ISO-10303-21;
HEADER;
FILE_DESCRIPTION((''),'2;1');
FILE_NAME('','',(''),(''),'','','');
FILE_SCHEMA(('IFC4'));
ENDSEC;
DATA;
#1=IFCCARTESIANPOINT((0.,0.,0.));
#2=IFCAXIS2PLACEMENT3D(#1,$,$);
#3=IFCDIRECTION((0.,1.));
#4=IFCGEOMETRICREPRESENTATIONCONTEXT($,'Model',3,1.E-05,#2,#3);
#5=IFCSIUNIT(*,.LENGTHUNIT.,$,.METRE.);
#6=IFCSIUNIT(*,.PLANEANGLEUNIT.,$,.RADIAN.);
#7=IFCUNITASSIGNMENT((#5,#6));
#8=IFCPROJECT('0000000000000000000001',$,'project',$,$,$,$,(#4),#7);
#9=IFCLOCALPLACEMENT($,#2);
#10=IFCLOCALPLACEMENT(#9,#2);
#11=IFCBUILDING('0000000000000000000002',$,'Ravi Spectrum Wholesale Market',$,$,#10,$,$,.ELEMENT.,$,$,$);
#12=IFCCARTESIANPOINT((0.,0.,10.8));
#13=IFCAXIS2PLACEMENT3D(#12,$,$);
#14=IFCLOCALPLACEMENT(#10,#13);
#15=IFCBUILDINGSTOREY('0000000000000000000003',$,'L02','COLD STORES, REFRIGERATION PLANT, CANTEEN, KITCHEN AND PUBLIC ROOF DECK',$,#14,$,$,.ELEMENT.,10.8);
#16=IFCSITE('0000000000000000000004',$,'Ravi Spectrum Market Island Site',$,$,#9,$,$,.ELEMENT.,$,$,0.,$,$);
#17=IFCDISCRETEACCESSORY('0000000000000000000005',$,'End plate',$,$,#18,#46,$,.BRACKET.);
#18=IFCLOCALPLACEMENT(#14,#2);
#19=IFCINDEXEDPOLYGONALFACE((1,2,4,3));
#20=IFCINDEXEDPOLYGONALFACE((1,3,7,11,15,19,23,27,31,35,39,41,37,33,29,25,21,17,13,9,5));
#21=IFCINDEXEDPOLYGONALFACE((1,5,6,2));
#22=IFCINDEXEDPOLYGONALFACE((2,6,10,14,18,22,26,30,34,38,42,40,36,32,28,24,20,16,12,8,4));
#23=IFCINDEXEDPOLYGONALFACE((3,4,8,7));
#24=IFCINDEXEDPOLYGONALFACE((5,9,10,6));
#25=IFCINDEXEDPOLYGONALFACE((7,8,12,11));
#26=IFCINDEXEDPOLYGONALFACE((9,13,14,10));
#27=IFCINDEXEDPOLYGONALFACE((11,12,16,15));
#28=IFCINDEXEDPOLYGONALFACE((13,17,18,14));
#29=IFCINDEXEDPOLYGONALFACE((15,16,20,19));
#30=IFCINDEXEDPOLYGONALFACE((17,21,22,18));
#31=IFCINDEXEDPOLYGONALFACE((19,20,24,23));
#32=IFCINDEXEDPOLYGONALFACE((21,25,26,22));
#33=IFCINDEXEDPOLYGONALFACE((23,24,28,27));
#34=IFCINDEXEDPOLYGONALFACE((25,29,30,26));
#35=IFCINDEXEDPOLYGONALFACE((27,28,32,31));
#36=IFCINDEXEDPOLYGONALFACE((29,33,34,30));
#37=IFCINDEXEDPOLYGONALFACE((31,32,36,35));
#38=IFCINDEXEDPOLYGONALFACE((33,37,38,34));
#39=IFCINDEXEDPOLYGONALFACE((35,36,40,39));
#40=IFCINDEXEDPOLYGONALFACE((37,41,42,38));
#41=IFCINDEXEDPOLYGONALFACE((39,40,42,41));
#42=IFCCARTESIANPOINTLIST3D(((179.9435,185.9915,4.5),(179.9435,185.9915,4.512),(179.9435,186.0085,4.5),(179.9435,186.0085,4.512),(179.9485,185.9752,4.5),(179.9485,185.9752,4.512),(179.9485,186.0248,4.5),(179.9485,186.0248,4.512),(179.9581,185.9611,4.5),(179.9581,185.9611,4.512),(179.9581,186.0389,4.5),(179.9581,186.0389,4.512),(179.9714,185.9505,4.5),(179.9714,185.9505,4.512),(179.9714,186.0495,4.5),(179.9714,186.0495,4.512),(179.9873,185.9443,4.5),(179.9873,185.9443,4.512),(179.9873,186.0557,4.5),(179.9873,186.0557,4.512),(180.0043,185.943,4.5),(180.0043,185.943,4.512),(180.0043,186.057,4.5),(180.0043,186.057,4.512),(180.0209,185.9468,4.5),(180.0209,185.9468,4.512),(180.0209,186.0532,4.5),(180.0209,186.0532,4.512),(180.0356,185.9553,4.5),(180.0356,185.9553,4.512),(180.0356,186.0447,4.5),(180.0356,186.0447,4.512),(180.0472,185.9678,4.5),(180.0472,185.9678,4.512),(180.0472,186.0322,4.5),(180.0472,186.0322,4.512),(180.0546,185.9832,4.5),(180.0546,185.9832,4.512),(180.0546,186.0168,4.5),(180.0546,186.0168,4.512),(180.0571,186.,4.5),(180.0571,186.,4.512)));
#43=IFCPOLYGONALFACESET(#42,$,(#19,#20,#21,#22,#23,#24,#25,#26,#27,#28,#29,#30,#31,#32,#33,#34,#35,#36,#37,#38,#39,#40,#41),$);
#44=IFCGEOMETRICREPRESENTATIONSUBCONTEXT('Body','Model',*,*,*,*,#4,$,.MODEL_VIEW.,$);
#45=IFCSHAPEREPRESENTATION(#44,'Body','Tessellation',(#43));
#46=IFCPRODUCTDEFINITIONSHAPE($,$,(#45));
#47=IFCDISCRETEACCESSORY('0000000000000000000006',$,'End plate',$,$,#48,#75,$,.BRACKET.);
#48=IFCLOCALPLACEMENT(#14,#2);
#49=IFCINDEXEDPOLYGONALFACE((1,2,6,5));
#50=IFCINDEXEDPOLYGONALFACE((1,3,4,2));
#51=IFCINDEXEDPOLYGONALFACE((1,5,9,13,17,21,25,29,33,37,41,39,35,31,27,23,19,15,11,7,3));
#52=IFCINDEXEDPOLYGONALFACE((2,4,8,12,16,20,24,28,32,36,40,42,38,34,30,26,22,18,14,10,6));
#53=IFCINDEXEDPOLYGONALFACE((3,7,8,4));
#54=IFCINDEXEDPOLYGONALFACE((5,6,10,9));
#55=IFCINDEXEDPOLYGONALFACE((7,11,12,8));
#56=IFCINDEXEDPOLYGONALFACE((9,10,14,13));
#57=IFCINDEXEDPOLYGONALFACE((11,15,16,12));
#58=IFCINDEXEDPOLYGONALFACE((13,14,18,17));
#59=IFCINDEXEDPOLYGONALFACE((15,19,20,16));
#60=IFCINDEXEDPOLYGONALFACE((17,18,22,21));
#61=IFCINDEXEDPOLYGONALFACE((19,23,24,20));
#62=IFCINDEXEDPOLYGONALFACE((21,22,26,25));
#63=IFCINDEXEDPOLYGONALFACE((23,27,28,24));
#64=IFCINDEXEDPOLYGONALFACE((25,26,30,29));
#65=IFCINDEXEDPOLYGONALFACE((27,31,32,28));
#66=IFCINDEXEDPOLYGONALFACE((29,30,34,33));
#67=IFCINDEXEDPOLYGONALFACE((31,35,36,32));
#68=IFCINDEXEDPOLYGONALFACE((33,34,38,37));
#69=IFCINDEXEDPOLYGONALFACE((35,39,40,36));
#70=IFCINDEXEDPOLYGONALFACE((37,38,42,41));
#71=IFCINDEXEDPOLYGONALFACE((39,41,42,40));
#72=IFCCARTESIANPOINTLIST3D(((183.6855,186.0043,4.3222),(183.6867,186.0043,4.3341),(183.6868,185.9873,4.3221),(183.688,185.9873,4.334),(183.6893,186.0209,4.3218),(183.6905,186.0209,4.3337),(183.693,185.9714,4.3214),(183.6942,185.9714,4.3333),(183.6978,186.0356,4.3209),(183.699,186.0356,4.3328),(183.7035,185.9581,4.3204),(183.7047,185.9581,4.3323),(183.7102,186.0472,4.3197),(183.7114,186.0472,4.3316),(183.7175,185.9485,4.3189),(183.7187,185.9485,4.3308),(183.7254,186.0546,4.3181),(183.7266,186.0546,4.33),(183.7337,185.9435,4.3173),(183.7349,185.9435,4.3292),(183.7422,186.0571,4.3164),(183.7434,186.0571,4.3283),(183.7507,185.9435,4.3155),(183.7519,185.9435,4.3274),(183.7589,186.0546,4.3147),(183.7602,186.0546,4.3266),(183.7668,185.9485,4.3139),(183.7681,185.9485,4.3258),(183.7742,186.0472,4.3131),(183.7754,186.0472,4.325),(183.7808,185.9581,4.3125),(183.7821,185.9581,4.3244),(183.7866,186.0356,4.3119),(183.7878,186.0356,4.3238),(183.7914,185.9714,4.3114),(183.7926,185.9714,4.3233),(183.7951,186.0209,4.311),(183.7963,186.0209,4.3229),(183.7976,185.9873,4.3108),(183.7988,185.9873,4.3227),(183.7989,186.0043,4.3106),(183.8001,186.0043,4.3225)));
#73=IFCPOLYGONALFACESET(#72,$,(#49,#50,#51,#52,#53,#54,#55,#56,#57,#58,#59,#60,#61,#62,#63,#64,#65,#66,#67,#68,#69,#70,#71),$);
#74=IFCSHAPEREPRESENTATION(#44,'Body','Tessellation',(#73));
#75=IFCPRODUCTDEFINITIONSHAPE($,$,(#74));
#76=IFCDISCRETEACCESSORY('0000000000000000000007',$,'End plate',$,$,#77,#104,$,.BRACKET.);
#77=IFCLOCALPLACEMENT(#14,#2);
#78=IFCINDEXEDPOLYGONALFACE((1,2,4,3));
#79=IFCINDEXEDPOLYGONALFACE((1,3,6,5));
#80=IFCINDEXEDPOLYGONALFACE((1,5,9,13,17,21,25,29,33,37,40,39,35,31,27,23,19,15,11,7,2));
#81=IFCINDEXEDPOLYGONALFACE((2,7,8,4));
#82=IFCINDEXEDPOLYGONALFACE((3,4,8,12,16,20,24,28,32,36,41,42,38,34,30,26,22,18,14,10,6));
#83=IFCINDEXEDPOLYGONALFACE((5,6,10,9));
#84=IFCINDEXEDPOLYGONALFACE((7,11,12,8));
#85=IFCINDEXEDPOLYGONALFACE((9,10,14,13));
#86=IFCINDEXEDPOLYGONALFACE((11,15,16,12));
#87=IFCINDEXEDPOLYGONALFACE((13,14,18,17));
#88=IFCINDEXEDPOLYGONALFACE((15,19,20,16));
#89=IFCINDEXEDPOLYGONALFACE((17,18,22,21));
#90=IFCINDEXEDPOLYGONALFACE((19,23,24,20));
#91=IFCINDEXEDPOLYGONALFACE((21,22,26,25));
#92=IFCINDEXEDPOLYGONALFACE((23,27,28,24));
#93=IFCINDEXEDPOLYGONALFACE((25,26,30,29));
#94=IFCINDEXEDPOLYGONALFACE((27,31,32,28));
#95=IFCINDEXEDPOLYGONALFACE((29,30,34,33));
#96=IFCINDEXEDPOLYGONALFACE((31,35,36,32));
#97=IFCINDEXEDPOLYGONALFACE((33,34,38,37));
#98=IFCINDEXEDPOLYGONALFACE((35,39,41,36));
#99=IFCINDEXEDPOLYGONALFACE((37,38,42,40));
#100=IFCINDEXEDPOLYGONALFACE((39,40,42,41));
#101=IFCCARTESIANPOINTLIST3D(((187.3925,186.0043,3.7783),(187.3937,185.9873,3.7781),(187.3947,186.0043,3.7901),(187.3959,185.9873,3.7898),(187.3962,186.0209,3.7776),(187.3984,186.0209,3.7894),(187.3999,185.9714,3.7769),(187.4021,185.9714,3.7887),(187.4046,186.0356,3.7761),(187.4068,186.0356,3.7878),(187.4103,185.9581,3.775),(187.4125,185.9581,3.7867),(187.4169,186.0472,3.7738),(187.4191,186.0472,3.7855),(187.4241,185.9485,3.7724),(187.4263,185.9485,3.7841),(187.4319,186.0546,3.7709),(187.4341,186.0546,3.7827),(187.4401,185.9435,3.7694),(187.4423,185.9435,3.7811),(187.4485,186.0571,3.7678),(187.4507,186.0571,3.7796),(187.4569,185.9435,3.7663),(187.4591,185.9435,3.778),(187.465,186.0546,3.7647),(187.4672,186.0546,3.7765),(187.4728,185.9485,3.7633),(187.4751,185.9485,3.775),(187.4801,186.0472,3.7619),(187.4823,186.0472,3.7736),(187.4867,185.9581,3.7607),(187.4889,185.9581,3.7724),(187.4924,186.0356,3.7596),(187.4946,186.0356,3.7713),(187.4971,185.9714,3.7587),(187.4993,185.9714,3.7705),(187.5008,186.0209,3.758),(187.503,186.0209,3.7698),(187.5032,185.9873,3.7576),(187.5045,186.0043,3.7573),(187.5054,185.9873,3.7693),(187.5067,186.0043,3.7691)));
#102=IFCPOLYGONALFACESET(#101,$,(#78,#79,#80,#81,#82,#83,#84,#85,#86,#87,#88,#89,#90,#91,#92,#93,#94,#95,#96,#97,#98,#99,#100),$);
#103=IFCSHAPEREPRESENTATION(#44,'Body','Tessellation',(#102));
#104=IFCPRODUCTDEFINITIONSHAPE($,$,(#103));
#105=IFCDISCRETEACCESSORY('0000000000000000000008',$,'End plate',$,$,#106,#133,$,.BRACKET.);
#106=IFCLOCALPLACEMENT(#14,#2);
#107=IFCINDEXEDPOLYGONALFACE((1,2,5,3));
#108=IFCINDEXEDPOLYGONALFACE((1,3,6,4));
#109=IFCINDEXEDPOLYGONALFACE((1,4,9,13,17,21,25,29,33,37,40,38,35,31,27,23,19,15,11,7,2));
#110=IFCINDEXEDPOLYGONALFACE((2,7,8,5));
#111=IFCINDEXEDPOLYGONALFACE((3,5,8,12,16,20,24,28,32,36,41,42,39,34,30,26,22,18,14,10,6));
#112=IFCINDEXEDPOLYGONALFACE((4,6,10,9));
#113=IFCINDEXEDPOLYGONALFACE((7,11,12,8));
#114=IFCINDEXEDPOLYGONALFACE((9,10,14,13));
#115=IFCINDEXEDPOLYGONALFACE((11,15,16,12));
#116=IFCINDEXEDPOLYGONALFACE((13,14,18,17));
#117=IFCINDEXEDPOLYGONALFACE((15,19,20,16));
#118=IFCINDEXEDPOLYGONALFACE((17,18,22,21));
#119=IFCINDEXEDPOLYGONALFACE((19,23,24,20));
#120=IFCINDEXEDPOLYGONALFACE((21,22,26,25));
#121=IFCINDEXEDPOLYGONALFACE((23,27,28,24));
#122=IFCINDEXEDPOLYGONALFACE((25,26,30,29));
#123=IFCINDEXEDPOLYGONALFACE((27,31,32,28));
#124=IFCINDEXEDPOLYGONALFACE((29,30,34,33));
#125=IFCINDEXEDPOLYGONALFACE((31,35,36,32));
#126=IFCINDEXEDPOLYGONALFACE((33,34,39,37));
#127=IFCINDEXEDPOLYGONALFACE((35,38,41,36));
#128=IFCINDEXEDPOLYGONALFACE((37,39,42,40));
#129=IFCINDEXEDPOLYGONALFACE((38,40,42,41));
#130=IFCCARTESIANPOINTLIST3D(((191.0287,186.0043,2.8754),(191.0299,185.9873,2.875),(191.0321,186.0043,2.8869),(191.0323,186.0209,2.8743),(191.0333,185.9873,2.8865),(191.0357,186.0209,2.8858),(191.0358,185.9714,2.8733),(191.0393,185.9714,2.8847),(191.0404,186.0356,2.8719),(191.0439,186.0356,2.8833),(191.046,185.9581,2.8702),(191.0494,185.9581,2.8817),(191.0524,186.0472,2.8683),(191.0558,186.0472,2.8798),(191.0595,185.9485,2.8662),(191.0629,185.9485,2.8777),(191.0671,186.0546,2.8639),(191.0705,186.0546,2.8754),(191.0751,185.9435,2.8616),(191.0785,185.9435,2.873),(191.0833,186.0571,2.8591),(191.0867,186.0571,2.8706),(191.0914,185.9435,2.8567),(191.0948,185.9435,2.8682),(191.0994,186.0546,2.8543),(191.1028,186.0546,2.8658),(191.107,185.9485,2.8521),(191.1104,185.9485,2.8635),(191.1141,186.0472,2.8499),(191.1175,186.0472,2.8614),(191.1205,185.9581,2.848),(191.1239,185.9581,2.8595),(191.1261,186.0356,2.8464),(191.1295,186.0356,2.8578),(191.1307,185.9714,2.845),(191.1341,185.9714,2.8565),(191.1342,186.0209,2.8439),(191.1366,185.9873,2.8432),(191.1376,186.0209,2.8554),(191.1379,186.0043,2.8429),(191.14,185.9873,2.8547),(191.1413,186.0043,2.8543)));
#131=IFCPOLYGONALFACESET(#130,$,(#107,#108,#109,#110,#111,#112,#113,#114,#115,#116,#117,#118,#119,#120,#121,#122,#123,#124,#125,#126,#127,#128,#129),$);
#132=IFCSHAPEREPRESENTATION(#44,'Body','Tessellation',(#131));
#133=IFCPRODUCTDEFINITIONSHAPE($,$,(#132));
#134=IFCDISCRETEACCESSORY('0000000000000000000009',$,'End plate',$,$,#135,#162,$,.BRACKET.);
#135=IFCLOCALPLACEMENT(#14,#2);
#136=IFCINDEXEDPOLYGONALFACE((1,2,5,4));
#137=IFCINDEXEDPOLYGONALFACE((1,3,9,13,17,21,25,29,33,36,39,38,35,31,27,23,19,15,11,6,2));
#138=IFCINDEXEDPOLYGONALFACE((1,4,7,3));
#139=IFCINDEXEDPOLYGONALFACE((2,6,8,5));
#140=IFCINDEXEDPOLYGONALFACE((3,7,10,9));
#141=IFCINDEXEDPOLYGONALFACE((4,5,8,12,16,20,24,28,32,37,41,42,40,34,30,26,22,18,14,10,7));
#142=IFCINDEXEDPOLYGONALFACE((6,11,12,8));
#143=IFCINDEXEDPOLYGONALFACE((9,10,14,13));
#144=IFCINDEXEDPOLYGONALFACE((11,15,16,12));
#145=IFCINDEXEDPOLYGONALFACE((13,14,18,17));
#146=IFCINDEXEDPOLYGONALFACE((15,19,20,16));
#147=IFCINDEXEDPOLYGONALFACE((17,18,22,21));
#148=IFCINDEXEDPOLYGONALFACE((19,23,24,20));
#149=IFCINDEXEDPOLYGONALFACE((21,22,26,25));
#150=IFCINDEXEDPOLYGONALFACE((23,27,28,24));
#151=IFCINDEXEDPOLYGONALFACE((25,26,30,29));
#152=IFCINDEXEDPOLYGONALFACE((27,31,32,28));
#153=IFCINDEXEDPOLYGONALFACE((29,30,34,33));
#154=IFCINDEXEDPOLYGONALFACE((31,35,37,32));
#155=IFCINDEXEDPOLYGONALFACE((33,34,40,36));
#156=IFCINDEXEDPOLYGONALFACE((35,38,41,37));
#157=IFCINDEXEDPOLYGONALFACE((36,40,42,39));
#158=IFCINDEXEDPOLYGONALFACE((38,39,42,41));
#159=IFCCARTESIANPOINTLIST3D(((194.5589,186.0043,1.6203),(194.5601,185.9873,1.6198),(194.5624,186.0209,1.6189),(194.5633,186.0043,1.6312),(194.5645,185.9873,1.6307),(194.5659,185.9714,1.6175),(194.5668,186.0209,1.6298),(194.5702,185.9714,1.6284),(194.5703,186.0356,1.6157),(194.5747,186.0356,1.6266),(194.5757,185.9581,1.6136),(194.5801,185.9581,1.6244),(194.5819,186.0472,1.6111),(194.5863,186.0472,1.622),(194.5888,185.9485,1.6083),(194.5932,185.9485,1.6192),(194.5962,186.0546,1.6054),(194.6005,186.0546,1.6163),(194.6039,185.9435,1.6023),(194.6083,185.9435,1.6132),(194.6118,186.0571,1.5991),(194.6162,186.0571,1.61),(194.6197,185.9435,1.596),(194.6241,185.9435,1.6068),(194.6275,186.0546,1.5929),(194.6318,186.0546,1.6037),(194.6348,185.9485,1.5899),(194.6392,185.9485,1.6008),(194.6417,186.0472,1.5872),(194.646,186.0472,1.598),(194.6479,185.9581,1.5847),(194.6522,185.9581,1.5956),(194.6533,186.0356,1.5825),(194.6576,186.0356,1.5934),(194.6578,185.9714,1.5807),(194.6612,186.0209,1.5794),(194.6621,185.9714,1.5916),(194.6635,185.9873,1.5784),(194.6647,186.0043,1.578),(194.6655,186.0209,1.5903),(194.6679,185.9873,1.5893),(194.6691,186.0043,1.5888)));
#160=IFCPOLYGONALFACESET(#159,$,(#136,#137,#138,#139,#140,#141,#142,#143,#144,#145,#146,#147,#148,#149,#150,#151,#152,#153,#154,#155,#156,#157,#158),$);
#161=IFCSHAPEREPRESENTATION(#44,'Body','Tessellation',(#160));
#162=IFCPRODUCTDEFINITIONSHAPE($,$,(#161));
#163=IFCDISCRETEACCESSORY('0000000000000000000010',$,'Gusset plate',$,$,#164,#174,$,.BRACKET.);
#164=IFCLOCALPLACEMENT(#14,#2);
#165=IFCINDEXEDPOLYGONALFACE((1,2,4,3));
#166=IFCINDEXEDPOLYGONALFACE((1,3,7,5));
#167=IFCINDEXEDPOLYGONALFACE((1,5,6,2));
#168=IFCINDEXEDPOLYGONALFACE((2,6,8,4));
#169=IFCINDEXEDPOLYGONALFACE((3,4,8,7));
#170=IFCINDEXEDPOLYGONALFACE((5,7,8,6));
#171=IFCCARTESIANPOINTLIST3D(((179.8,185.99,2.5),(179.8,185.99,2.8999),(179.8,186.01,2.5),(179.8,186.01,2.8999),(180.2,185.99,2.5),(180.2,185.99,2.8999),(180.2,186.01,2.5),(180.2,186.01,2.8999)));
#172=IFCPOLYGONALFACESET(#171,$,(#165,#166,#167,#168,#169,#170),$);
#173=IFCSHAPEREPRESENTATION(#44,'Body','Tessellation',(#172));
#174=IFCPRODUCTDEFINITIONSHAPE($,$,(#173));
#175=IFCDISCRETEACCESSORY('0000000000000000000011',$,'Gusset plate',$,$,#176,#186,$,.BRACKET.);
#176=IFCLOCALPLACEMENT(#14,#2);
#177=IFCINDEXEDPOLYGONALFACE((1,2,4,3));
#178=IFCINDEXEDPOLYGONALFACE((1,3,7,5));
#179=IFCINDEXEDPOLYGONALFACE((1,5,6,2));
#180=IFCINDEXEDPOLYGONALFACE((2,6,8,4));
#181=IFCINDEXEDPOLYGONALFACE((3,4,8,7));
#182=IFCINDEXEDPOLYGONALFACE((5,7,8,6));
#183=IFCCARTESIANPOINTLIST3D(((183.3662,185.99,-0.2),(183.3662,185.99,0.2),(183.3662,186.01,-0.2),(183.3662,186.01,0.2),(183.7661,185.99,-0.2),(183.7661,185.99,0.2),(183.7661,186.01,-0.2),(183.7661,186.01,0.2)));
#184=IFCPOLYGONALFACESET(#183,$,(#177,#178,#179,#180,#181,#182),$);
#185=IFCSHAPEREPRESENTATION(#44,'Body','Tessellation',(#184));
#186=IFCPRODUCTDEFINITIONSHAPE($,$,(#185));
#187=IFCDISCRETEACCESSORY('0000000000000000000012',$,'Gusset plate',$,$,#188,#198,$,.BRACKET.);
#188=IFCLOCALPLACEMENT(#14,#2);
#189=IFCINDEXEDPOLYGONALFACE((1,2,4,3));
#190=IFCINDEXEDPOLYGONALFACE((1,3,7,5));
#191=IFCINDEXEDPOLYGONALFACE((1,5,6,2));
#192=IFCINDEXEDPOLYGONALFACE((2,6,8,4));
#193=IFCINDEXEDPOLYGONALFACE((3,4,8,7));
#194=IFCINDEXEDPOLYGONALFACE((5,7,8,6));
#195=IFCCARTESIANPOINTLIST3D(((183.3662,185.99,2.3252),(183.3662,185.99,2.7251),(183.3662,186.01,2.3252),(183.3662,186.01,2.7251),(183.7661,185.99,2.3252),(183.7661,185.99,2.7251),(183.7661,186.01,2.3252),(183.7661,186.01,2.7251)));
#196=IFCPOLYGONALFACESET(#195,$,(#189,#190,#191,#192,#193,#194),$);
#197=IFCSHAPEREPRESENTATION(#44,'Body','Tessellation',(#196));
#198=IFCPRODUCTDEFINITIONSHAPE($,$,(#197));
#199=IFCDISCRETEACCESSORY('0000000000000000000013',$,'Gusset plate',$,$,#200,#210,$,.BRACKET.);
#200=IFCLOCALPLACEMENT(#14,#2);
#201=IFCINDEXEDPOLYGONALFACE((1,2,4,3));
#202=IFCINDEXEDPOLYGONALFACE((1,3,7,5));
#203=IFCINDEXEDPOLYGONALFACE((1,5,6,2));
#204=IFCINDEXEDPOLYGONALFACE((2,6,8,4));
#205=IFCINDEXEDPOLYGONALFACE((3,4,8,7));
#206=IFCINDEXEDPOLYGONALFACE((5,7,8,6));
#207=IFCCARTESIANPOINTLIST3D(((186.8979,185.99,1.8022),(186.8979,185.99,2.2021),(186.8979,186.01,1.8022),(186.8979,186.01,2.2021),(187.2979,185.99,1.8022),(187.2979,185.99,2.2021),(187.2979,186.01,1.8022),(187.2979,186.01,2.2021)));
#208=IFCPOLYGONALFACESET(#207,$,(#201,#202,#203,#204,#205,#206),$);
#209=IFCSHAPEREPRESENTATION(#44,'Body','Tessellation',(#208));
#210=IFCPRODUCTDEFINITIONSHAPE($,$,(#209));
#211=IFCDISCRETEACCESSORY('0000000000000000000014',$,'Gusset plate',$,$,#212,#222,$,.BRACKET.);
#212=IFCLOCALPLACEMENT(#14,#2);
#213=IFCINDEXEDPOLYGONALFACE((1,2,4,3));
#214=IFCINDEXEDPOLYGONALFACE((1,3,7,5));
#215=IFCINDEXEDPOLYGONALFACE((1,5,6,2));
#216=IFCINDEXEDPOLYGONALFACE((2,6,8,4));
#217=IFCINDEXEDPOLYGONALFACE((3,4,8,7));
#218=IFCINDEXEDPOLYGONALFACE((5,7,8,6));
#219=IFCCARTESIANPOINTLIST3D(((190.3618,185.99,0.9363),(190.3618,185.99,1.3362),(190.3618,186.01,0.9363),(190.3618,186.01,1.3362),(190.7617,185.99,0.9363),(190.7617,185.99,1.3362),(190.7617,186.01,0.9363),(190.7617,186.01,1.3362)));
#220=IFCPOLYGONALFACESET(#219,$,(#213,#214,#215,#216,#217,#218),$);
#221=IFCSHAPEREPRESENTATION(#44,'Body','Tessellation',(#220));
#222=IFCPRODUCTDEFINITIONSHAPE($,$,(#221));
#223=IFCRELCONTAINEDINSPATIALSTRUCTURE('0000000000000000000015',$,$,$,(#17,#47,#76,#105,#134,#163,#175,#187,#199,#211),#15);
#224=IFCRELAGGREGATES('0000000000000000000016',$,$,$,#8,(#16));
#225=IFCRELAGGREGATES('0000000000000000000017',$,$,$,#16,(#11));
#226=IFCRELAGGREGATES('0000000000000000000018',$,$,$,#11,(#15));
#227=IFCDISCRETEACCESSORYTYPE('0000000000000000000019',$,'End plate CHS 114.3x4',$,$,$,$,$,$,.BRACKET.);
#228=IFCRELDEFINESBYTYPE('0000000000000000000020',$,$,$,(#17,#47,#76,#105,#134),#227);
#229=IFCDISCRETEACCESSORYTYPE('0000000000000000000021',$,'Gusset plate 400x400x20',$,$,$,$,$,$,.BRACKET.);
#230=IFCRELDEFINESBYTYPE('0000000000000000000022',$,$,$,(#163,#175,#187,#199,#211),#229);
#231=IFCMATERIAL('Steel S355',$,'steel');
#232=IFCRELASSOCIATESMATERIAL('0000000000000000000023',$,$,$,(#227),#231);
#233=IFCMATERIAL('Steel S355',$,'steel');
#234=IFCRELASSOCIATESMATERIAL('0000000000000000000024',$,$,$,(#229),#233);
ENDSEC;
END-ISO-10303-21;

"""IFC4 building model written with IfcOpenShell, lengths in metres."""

from ifc_helpers import new_model, si_unit, direction, frame, origin, origin_2d, place, context, subcontext, project, spatial, rectangle, circle, extrude, material, material_profile, profile_set, type_object, element, save


model = new_model("IFC4")

# Units and contexts
model_context = context("Model", 3, precision=1e-05, world=origin(), true_north=direction((0.0, 1.0)))
body_context = subcontext(model_context, "Body", "Model", "MODEL_VIEW")
ifc_project = project(units=[si_unit("LENGTHUNIT", "METRE"), si_unit("PLANEANGLEUNIT", "RADIAN")], contexts=[model_context])

# Site, building, storey
site_placement = place(None, origin())
site = spatial("IfcSite", under=ifc_project, at=site_placement, Name="Ravi Spectrum Market Island Site", CompositionType="ELEMENT", RefElevation=0.0)
building_placement = place(site_placement, origin())
building = spatial("IfcBuilding", under=site, at=building_placement, Name="Ravi Spectrum Wholesale Market", CompositionType="ELEMENT")
storey_placement = place(building_placement, frame((0.0, 0.0, 10.8)))
storey = spatial("IfcBuildingStorey", under=building, at=storey_placement, Name="L02", Description="COLD STORES, REFRIGERATION PLANT, CANTEEN, KITCHEN AND PUBLIC ROOF DECK", CompositionType="ELEMENT", Elevation=10.8)

# Discrete accessories
ifc_material_1 = material(Name="Steel S355", Category="steel")
ifc_material_profile_1 = material_profile(ifc_material_1, circle(Radius=0.0571, at=origin_2d()))
ifc_profile_set_1 = profile_set([ifc_material_profile_1], Name="Steel S355")
discrete_accessory_type_1 = type_object("IfcDiscreteAccessoryType", Name="End plate CHS 114.3x4", PredefinedType="BRACKET", material=ifc_profile_set_1)
for number, where, z_axis, x_axis, name in (
    (1, (180.0, 186.0, 4.5), (0.0, 0.0, 1.0), (1.0, 0.0, 0.0), "End plate"),
    (2, (183.7422, 186.0, 4.3164), (0.101514, 0.0, 0.994834), (0.0, 1.0, 0.0), "End plate"),
    (3, (187.4485, 186.0, 3.7678), (0.184289, 0.0, 0.982872), (0.0, 1.0, 0.0), "End plate"),
    (4, (191.0833, 186.0, 2.8591), (0.285477, 0.0, 0.958386), (0.0, 1.0, 0.0), "End plate"),
):
    element("IfcDiscreteAccessory", number, at=place(storey_placement, frame(where, z_axis=z_axis, x_axis=x_axis)), inside=storey, type_object=discrete_accessory_type_1, Name=name, PredefinedType="BRACKET", context=body_context, shape_type="SweptSolid", body=[
        extrude(circle(Radius=0.0571, at=origin_2d()), origin(), (0.0, 0.0, 1.0), 0.012),
    ])
discrete_accessory_placement = place(storey_placement, frame((194.6118, 186.0, 1.5991), z_axis=(0.371391, 0.0, 0.928477), x_axis=(0.0, 1.0, 0.0)))
element("IfcDiscreteAccessory", 5, at=discrete_accessory_placement, inside=storey, type_object=discrete_accessory_type_1, Name="End plate", PredefinedType="BRACKET", context=body_context, shape_type="SweptSolid", body=[
    extrude(circle(Radius=0.0571, at=origin_2d()), origin(), (0.0, 0.0, 1.0), 0.0117),
])
ifc_material_2 = material(Name="Steel S355", Category="steel")
ifc_material_profile_2 = material_profile(ifc_material_2, rectangle(XDim=0.3999, YDim=0.02, at=origin_2d()))
ifc_profile_set_2 = profile_set([ifc_material_profile_2], Name="Steel S355")
discrete_accessory_type_2 = type_object("IfcDiscreteAccessoryType", Name="Gusset plate 400x400x20", PredefinedType="BRACKET", material=ifc_profile_set_2)
for number, where, z_axis, x_axis, name in (
    (6, (180.0, 186.0, 2.5), (0.0, 0.0, 1.0), (1.0, 0.0, 0.0), "Gusset plate"),
    (7, (183.5662, 186.0, -0.2), (0.0, 0.0, 1.0), (1.0, 0.0, 0.0), "Gusset plate"),
    (8, (183.5662, 186.0, 2.3252), (0.0, 0.0, 1.0), (-1.0, 0.0, 0.0), "Gusset plate"),
    (9, (187.0979, 186.0, 1.8022), (0.0, 0.0, 1.0), (-1.0, 0.0, 0.0), "Gusset plate"),
    (10, (190.5618, 186.0, 0.9363), (0.0, 0.0, 1.0), (-1.0, 0.0, 0.0), "Gusset plate"),
):
    element("IfcDiscreteAccessory", number, at=place(storey_placement, frame(where, z_axis=z_axis, x_axis=x_axis)), inside=storey, type_object=discrete_accessory_type_2, Name=name, PredefinedType="BRACKET", context=body_context, shape_type="SweptSolid", body=[
        extrude(rectangle(XDim=0.3999, YDim=0.02, at=origin_2d()), origin(), (0.0, 0.0, 1.0), 0.3999),
    ])

save(model, "model.ifc")
